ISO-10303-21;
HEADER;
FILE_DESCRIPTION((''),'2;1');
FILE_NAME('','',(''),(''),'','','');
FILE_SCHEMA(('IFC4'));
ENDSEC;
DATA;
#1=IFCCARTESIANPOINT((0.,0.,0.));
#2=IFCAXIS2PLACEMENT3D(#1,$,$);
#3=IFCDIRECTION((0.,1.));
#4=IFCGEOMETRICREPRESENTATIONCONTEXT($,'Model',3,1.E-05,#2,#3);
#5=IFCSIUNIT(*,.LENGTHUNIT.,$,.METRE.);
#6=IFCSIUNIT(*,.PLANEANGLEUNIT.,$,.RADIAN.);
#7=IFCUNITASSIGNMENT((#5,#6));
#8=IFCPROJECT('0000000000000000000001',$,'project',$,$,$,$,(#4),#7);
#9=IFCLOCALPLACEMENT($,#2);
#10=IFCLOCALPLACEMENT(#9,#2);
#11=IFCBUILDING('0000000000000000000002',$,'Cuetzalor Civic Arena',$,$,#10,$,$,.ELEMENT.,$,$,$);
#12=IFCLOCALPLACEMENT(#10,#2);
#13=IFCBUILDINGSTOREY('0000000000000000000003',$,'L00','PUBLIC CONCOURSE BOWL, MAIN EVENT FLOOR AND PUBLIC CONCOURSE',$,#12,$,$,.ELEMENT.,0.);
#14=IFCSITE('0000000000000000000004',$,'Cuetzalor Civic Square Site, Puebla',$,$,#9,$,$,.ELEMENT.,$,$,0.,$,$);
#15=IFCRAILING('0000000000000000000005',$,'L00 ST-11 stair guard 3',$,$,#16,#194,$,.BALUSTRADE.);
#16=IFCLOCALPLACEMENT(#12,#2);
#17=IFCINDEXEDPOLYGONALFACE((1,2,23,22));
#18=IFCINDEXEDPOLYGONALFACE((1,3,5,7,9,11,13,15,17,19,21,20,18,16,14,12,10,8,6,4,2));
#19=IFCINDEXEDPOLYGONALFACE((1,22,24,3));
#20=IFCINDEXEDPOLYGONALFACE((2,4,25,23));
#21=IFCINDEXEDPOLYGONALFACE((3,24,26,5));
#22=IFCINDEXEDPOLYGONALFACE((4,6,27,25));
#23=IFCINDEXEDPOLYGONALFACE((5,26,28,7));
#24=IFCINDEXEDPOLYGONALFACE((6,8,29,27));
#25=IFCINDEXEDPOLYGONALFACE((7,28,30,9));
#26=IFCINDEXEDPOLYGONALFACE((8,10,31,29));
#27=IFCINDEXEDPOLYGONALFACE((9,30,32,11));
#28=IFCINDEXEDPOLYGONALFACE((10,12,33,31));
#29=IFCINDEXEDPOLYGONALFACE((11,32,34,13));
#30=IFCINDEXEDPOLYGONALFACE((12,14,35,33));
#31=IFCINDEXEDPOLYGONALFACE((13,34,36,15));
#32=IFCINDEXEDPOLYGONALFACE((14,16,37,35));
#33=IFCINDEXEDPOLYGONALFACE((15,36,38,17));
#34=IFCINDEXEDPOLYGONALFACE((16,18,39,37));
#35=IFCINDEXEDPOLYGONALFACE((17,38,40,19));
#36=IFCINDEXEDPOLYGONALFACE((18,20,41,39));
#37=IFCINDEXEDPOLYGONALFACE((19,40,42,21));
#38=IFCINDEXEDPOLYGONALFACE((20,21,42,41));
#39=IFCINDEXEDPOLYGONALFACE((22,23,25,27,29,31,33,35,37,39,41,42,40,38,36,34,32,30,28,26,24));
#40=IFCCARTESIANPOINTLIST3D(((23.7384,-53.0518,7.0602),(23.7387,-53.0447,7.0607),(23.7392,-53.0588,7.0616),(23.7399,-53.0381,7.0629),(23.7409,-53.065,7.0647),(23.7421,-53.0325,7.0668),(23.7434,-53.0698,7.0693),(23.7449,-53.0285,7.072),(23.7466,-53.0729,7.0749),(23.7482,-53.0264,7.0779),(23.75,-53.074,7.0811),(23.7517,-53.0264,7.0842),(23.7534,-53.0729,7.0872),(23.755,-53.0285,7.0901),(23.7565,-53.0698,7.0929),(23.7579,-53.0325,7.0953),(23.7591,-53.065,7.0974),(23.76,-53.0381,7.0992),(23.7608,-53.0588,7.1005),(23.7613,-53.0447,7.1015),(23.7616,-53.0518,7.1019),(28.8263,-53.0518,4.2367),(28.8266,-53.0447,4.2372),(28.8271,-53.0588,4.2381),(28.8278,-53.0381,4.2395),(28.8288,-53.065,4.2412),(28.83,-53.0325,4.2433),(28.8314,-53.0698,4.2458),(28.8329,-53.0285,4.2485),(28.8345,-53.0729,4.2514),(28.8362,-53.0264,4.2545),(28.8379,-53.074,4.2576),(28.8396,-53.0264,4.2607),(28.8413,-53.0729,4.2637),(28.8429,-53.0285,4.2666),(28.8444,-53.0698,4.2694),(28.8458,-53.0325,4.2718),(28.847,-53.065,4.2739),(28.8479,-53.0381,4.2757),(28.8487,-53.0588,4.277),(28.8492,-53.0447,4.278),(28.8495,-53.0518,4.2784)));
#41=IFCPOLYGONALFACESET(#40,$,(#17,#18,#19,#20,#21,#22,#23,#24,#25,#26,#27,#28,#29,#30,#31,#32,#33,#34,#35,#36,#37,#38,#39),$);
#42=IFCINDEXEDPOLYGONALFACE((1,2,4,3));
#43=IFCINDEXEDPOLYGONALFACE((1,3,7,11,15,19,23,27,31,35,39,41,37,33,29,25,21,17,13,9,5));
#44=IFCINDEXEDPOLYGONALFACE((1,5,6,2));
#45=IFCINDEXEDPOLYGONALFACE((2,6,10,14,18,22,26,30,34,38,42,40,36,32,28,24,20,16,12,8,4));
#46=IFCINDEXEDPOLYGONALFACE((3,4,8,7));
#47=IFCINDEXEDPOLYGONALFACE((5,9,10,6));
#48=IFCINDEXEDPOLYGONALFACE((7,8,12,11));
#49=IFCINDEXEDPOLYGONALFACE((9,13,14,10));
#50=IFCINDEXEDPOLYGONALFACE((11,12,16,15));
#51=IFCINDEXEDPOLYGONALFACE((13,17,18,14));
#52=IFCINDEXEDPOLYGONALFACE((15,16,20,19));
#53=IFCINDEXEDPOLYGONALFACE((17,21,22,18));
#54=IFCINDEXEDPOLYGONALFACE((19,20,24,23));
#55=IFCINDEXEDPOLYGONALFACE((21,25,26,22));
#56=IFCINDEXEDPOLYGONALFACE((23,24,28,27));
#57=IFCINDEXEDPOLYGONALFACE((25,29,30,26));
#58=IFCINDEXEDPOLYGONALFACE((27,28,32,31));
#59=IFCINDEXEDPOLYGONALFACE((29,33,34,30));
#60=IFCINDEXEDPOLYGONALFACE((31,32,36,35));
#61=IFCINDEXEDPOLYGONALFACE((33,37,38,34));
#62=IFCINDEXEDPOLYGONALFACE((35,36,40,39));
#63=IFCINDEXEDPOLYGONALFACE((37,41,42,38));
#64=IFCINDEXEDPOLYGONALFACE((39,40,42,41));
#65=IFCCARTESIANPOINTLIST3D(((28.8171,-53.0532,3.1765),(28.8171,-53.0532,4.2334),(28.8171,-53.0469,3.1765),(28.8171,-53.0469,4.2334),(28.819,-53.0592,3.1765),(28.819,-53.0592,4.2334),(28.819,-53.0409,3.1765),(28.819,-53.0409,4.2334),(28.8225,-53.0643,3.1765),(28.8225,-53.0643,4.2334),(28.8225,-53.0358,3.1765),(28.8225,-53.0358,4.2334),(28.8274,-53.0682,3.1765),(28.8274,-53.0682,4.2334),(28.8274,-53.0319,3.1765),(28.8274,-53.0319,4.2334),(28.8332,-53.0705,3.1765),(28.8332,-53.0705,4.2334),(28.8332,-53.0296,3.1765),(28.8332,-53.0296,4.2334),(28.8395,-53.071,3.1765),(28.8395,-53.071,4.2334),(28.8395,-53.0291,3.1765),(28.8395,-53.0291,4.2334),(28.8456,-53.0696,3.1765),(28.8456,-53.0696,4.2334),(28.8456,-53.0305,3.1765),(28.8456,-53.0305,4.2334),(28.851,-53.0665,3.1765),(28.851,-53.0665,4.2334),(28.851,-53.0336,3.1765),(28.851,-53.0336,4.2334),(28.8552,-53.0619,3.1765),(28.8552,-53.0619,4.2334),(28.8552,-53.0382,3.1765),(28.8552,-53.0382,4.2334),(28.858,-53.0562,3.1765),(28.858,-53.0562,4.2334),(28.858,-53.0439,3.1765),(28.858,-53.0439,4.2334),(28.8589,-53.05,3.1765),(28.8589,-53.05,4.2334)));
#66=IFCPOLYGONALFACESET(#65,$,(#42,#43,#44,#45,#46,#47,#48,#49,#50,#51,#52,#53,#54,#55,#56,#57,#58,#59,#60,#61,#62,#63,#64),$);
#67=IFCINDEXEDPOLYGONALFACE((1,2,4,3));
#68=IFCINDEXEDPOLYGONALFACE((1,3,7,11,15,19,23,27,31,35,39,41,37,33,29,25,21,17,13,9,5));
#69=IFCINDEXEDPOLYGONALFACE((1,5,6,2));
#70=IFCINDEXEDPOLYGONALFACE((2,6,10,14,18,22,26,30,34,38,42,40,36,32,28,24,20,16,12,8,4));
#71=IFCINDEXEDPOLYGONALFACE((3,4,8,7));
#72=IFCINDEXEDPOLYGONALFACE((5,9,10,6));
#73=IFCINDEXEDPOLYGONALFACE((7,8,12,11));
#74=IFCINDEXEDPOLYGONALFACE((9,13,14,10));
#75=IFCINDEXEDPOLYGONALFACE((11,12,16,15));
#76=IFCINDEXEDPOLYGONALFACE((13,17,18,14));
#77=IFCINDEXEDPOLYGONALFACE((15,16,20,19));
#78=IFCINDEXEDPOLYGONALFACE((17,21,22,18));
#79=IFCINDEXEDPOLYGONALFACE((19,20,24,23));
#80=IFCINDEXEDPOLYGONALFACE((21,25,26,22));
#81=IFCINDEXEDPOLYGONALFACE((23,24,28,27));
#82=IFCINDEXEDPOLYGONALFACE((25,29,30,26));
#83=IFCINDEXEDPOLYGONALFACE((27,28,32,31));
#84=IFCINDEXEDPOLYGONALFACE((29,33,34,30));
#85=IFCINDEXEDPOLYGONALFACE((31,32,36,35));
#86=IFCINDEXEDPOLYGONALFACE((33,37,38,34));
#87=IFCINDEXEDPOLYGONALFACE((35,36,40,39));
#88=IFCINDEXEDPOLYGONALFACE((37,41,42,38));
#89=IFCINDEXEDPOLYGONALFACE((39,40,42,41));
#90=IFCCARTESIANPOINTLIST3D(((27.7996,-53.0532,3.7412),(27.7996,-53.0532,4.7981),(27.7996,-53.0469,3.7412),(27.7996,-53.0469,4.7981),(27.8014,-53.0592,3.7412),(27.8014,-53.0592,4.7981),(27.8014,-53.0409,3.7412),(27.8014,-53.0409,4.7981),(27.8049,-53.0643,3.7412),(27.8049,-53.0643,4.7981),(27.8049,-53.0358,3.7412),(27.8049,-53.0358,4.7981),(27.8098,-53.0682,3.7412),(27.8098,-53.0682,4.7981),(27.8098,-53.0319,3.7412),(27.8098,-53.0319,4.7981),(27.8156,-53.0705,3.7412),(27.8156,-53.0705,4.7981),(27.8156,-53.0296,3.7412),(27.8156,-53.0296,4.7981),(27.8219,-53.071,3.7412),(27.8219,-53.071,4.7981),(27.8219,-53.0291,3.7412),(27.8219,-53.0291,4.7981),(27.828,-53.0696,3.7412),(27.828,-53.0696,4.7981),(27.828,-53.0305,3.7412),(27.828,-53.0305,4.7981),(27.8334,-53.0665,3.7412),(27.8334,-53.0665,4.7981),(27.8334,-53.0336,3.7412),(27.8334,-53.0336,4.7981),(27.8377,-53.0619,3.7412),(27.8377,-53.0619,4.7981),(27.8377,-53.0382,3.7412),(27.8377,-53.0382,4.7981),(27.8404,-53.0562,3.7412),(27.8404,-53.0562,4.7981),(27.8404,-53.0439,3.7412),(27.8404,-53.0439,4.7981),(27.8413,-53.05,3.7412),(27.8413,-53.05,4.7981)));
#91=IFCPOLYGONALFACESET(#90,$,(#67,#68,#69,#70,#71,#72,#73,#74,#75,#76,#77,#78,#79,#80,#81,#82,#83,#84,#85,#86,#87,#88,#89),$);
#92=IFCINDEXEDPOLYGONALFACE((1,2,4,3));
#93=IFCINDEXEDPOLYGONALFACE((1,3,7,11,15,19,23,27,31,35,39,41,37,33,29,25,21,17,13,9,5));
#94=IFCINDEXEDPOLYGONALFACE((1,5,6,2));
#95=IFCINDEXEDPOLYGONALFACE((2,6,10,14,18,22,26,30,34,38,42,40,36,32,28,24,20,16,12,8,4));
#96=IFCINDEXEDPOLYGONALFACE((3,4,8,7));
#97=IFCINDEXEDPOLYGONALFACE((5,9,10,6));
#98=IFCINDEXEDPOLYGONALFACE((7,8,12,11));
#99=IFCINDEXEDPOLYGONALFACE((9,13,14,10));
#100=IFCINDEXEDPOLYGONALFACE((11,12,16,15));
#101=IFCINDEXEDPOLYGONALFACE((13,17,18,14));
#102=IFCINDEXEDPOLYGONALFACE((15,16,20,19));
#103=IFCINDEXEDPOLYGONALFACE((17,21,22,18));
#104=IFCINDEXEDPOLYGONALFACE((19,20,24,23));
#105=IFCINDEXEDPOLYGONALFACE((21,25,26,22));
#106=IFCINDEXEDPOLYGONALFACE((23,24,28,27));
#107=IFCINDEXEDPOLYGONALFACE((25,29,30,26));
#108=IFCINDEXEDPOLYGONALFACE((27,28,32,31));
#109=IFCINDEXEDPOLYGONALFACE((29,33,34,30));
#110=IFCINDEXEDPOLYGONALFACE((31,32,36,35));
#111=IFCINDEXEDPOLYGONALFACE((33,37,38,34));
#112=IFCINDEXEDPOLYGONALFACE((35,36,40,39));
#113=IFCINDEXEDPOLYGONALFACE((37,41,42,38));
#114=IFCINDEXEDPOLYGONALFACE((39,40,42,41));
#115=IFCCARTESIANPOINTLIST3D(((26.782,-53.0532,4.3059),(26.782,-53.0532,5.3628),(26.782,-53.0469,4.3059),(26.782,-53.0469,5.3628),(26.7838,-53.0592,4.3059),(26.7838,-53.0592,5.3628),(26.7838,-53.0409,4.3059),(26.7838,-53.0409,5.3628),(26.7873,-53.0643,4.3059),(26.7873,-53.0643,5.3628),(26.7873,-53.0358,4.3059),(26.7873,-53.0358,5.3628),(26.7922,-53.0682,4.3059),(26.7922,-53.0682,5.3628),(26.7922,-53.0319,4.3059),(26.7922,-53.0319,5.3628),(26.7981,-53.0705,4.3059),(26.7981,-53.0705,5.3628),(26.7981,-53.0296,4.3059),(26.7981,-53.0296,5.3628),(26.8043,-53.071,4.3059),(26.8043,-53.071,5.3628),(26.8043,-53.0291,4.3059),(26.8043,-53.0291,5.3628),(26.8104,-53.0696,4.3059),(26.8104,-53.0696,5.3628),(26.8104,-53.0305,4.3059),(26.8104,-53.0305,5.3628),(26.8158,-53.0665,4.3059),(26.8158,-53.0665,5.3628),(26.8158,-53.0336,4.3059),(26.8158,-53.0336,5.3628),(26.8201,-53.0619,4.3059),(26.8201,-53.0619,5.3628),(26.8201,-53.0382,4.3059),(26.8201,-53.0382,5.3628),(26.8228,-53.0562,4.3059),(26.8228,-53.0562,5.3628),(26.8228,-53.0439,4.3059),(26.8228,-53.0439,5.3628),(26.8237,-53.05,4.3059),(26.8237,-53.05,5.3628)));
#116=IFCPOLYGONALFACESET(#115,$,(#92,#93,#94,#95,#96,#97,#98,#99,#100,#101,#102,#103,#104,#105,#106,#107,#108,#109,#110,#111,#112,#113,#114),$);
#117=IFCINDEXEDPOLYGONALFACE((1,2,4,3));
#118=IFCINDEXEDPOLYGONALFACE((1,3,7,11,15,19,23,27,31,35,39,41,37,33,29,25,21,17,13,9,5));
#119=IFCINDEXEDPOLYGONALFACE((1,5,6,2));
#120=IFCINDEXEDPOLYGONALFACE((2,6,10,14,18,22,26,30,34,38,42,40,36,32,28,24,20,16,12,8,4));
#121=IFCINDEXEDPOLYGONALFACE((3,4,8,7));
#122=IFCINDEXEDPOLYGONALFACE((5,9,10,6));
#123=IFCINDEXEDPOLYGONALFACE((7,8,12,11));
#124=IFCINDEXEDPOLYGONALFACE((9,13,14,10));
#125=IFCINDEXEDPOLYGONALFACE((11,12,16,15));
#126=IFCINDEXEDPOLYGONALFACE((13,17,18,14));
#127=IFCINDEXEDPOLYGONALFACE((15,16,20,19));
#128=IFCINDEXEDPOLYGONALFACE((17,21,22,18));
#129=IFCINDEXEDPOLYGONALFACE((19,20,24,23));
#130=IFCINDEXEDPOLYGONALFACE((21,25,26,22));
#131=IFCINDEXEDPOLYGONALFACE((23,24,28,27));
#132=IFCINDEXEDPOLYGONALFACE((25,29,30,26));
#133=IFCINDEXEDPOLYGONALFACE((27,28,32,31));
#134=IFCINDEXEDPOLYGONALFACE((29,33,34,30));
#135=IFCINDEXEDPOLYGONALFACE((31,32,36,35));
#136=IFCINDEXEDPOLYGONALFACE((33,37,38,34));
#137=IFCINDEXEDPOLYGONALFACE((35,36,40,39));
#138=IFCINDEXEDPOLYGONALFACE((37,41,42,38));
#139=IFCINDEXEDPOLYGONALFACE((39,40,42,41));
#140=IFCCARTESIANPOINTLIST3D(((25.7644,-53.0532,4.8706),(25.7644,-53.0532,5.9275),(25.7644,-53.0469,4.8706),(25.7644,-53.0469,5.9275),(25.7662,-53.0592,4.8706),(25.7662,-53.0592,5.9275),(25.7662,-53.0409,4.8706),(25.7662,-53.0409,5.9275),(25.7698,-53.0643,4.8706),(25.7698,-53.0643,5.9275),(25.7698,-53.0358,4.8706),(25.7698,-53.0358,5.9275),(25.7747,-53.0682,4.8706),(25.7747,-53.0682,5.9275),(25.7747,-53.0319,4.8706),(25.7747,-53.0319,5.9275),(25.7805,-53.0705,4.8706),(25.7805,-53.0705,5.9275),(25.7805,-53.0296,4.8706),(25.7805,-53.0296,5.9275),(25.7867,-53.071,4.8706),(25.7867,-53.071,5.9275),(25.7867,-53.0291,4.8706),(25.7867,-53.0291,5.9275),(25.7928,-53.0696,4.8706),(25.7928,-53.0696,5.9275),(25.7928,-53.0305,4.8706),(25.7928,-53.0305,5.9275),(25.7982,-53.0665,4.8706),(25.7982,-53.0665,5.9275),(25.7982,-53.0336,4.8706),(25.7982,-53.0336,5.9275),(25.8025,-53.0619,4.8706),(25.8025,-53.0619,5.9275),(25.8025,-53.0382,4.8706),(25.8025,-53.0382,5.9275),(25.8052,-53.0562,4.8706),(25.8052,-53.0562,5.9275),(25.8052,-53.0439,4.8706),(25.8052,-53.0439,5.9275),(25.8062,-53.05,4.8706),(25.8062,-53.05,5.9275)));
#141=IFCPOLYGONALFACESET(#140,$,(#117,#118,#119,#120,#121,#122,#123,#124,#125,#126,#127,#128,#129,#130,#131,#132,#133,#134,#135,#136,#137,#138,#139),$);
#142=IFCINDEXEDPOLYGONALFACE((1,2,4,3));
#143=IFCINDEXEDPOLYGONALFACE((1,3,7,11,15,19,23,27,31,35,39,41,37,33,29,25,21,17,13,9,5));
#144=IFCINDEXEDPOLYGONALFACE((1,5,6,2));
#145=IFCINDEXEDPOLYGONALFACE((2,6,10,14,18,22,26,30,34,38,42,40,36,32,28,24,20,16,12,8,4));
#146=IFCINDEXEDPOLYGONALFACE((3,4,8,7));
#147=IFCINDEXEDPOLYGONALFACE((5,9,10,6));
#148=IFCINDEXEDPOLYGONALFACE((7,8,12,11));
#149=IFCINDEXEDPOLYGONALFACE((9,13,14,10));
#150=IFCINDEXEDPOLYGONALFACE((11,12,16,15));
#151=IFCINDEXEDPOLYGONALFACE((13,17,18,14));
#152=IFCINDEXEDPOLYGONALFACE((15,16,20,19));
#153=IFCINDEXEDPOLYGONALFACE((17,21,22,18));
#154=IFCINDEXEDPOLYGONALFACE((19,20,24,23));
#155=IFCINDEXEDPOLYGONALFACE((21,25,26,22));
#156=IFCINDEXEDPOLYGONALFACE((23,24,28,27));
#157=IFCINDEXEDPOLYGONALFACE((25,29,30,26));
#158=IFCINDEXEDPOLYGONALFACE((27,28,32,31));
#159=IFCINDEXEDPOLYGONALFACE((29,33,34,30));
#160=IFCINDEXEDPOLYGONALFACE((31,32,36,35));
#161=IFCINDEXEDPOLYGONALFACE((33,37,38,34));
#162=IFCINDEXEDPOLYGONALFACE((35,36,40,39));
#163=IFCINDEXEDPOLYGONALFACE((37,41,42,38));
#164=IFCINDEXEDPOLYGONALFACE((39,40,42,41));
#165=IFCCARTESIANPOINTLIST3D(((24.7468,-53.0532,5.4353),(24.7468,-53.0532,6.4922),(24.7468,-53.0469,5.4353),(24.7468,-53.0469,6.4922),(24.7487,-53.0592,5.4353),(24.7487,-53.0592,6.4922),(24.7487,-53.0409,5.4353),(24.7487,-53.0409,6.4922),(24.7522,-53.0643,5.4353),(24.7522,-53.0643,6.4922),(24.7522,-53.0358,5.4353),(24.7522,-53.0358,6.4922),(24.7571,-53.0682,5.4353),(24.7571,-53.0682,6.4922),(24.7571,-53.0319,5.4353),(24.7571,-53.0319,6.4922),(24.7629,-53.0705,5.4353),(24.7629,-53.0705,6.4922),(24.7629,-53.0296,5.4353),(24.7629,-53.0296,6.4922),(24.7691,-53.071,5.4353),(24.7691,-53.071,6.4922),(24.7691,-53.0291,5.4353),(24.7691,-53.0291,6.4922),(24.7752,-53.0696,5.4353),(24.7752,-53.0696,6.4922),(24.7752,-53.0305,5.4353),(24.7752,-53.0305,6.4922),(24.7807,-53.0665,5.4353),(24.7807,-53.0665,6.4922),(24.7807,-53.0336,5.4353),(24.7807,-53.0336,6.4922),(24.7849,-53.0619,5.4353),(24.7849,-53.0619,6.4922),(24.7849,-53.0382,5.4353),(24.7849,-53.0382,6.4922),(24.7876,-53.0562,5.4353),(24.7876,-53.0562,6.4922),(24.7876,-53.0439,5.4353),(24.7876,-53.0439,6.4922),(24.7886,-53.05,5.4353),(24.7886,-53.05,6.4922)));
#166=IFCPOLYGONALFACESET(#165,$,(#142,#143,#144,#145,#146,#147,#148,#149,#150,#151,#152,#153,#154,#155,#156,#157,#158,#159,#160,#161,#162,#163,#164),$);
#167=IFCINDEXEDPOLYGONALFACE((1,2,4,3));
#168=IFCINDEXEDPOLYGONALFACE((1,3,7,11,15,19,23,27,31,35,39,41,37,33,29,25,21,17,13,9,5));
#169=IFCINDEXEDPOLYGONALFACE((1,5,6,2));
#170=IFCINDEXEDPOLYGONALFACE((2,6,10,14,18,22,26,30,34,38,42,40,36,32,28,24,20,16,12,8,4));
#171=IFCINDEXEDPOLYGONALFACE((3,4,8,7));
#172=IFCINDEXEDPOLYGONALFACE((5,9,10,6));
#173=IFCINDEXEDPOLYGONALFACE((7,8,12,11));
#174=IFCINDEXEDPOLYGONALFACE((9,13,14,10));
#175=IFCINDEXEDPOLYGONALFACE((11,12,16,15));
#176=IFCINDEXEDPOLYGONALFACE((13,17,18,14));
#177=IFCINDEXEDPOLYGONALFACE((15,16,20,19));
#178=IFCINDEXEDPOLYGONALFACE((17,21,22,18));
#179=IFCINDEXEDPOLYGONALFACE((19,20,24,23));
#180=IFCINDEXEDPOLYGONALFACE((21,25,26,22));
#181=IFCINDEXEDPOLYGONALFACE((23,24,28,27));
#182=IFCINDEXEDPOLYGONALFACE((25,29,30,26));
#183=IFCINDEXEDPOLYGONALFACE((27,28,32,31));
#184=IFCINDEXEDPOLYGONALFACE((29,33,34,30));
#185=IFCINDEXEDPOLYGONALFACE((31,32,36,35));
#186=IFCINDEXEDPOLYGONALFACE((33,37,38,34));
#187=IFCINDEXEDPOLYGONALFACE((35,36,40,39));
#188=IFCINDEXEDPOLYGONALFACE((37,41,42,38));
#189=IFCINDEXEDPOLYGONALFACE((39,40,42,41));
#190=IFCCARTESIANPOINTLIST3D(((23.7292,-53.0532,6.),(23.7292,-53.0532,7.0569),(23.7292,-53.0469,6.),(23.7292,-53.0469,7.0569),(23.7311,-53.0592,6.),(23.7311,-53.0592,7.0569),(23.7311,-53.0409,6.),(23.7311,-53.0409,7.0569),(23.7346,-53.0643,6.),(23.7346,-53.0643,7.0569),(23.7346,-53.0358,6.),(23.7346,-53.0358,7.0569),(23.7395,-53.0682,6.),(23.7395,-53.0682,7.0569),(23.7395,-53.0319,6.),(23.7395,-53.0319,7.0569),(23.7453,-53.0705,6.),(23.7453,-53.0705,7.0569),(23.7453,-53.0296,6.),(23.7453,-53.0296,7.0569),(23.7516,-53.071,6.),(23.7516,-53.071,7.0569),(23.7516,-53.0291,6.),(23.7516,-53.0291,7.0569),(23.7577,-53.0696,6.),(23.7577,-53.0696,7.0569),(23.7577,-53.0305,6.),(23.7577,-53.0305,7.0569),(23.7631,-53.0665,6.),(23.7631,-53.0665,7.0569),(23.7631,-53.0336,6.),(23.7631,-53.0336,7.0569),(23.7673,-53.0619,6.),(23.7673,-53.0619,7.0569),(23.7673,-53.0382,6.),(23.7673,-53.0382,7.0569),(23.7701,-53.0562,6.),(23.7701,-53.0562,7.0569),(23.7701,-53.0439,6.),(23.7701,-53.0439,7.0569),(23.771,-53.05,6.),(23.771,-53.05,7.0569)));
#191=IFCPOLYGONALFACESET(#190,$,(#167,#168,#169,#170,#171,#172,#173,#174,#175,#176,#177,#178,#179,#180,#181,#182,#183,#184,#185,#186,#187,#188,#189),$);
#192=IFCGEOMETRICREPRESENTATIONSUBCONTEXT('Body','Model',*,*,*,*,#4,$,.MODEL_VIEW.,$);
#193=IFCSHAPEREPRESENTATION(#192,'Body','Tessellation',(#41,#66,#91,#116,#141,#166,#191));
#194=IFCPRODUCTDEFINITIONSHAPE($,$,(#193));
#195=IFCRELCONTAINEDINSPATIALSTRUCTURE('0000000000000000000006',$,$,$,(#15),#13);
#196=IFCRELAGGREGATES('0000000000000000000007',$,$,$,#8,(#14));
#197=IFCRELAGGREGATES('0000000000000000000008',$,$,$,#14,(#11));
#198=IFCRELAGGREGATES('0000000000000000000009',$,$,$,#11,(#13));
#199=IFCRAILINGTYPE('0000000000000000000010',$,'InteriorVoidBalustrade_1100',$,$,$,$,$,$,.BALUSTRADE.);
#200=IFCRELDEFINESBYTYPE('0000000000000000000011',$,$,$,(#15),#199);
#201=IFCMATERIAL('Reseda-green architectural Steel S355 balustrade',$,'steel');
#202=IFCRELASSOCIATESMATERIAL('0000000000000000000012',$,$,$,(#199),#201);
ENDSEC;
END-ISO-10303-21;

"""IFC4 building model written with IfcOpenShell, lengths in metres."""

from ifc_helpers import new_model, si_unit, direction, frame, origin, origin_2d, place, context, subcontext, project, spatial, circle, extrude, material, type_object, element, save


model = new_model("IFC4")

# Units and contexts
model_context = context("Model", 3, precision=1e-05, world=origin(), true_north=direction((0.0, 1.0)))
body_context = subcontext(model_context, "Body", "Model", "MODEL_VIEW")
ifc_project = project(units=[si_unit("LENGTHUNIT", "METRE"), si_unit("PLANEANGLEUNIT", "RADIAN")], contexts=[model_context])

# Site, building, storey
site_placement = place(None, origin())
site = spatial("IfcSite", under=ifc_project, at=site_placement, Name="Cuetzalor Civic Square Site, Puebla", CompositionType="ELEMENT", RefElevation=0.0)
building_placement = place(site_placement, origin())
building = spatial("IfcBuilding", under=site, at=building_placement, Name="Cuetzalor Civic Arena", CompositionType="ELEMENT")
storey_placement = place(building_placement, origin())
storey = spatial("IfcBuildingStorey", under=building, at=storey_placement, Name="L00", Description="PUBLIC CONCOURSE BOWL, MAIN EVENT FLOOR AND PUBLIC CONCOURSE", CompositionType="ELEMENT", Elevation=0.0)

# Railing
ifc_material_1 = material(Name="Reseda-green architectural Steel S355 balustrade", Category="steel")
railing_type_1 = type_object("IfcRailingType", Name="InteriorVoidBalustrade_1100", PredefinedType="BALUSTRADE", material=ifc_material_1)
railing_1_placement = place(storey_placement, frame((28.8379, -53.05, 3.1765)))
element("IfcRailing", 1, at=railing_1_placement, inside=storey, type_object=railing_type_1, Name="L00 ST-11 stair guard 3", PredefinedType="BALUSTRADE", context=body_context, shape_type="SweptSolid", body=[
    extrude(circle(Radius=0.0239, at=origin_2d()), frame((0.0, 0.0, 1.0811), z_axis=(-0.874385, 0.0, 0.485233), x_axis=(0.0, -1.0, 0.0)), (0.0, 0.0, 1.0), 5.8188),
    extrude(circle(Radius=0.021, at=origin_2d()), origin(), (0.0, 0.0, 1.0), 1.0569),
    extrude(circle(Radius=0.021, at=origin_2d()), frame((-1.0176, 0.0, 0.5647)), (0.0, 0.0, 1.0), 1.0569),
    extrude(circle(Radius=0.021, at=origin_2d()), frame((-2.0352, 0.0, 1.1294)), (0.0, 0.0, 1.0), 1.0569),
    extrude(circle(Radius=0.021, at=origin_2d()), frame((-3.0527, 0.0, 1.6941)), (0.0, 0.0, 1.0), 1.0569),
    extrude(circle(Radius=0.021, at=origin_2d()), frame((-4.0703, 0.0, 2.2588)), (0.0, 0.0, 1.0), 1.0569),
    extrude(circle(Radius=0.021, at=origin_2d()), frame((-5.0879, 0.0, 2.8235)), (0.0, 0.0, 1.0), 1.0569),
])

save(model, "model.ifc")
